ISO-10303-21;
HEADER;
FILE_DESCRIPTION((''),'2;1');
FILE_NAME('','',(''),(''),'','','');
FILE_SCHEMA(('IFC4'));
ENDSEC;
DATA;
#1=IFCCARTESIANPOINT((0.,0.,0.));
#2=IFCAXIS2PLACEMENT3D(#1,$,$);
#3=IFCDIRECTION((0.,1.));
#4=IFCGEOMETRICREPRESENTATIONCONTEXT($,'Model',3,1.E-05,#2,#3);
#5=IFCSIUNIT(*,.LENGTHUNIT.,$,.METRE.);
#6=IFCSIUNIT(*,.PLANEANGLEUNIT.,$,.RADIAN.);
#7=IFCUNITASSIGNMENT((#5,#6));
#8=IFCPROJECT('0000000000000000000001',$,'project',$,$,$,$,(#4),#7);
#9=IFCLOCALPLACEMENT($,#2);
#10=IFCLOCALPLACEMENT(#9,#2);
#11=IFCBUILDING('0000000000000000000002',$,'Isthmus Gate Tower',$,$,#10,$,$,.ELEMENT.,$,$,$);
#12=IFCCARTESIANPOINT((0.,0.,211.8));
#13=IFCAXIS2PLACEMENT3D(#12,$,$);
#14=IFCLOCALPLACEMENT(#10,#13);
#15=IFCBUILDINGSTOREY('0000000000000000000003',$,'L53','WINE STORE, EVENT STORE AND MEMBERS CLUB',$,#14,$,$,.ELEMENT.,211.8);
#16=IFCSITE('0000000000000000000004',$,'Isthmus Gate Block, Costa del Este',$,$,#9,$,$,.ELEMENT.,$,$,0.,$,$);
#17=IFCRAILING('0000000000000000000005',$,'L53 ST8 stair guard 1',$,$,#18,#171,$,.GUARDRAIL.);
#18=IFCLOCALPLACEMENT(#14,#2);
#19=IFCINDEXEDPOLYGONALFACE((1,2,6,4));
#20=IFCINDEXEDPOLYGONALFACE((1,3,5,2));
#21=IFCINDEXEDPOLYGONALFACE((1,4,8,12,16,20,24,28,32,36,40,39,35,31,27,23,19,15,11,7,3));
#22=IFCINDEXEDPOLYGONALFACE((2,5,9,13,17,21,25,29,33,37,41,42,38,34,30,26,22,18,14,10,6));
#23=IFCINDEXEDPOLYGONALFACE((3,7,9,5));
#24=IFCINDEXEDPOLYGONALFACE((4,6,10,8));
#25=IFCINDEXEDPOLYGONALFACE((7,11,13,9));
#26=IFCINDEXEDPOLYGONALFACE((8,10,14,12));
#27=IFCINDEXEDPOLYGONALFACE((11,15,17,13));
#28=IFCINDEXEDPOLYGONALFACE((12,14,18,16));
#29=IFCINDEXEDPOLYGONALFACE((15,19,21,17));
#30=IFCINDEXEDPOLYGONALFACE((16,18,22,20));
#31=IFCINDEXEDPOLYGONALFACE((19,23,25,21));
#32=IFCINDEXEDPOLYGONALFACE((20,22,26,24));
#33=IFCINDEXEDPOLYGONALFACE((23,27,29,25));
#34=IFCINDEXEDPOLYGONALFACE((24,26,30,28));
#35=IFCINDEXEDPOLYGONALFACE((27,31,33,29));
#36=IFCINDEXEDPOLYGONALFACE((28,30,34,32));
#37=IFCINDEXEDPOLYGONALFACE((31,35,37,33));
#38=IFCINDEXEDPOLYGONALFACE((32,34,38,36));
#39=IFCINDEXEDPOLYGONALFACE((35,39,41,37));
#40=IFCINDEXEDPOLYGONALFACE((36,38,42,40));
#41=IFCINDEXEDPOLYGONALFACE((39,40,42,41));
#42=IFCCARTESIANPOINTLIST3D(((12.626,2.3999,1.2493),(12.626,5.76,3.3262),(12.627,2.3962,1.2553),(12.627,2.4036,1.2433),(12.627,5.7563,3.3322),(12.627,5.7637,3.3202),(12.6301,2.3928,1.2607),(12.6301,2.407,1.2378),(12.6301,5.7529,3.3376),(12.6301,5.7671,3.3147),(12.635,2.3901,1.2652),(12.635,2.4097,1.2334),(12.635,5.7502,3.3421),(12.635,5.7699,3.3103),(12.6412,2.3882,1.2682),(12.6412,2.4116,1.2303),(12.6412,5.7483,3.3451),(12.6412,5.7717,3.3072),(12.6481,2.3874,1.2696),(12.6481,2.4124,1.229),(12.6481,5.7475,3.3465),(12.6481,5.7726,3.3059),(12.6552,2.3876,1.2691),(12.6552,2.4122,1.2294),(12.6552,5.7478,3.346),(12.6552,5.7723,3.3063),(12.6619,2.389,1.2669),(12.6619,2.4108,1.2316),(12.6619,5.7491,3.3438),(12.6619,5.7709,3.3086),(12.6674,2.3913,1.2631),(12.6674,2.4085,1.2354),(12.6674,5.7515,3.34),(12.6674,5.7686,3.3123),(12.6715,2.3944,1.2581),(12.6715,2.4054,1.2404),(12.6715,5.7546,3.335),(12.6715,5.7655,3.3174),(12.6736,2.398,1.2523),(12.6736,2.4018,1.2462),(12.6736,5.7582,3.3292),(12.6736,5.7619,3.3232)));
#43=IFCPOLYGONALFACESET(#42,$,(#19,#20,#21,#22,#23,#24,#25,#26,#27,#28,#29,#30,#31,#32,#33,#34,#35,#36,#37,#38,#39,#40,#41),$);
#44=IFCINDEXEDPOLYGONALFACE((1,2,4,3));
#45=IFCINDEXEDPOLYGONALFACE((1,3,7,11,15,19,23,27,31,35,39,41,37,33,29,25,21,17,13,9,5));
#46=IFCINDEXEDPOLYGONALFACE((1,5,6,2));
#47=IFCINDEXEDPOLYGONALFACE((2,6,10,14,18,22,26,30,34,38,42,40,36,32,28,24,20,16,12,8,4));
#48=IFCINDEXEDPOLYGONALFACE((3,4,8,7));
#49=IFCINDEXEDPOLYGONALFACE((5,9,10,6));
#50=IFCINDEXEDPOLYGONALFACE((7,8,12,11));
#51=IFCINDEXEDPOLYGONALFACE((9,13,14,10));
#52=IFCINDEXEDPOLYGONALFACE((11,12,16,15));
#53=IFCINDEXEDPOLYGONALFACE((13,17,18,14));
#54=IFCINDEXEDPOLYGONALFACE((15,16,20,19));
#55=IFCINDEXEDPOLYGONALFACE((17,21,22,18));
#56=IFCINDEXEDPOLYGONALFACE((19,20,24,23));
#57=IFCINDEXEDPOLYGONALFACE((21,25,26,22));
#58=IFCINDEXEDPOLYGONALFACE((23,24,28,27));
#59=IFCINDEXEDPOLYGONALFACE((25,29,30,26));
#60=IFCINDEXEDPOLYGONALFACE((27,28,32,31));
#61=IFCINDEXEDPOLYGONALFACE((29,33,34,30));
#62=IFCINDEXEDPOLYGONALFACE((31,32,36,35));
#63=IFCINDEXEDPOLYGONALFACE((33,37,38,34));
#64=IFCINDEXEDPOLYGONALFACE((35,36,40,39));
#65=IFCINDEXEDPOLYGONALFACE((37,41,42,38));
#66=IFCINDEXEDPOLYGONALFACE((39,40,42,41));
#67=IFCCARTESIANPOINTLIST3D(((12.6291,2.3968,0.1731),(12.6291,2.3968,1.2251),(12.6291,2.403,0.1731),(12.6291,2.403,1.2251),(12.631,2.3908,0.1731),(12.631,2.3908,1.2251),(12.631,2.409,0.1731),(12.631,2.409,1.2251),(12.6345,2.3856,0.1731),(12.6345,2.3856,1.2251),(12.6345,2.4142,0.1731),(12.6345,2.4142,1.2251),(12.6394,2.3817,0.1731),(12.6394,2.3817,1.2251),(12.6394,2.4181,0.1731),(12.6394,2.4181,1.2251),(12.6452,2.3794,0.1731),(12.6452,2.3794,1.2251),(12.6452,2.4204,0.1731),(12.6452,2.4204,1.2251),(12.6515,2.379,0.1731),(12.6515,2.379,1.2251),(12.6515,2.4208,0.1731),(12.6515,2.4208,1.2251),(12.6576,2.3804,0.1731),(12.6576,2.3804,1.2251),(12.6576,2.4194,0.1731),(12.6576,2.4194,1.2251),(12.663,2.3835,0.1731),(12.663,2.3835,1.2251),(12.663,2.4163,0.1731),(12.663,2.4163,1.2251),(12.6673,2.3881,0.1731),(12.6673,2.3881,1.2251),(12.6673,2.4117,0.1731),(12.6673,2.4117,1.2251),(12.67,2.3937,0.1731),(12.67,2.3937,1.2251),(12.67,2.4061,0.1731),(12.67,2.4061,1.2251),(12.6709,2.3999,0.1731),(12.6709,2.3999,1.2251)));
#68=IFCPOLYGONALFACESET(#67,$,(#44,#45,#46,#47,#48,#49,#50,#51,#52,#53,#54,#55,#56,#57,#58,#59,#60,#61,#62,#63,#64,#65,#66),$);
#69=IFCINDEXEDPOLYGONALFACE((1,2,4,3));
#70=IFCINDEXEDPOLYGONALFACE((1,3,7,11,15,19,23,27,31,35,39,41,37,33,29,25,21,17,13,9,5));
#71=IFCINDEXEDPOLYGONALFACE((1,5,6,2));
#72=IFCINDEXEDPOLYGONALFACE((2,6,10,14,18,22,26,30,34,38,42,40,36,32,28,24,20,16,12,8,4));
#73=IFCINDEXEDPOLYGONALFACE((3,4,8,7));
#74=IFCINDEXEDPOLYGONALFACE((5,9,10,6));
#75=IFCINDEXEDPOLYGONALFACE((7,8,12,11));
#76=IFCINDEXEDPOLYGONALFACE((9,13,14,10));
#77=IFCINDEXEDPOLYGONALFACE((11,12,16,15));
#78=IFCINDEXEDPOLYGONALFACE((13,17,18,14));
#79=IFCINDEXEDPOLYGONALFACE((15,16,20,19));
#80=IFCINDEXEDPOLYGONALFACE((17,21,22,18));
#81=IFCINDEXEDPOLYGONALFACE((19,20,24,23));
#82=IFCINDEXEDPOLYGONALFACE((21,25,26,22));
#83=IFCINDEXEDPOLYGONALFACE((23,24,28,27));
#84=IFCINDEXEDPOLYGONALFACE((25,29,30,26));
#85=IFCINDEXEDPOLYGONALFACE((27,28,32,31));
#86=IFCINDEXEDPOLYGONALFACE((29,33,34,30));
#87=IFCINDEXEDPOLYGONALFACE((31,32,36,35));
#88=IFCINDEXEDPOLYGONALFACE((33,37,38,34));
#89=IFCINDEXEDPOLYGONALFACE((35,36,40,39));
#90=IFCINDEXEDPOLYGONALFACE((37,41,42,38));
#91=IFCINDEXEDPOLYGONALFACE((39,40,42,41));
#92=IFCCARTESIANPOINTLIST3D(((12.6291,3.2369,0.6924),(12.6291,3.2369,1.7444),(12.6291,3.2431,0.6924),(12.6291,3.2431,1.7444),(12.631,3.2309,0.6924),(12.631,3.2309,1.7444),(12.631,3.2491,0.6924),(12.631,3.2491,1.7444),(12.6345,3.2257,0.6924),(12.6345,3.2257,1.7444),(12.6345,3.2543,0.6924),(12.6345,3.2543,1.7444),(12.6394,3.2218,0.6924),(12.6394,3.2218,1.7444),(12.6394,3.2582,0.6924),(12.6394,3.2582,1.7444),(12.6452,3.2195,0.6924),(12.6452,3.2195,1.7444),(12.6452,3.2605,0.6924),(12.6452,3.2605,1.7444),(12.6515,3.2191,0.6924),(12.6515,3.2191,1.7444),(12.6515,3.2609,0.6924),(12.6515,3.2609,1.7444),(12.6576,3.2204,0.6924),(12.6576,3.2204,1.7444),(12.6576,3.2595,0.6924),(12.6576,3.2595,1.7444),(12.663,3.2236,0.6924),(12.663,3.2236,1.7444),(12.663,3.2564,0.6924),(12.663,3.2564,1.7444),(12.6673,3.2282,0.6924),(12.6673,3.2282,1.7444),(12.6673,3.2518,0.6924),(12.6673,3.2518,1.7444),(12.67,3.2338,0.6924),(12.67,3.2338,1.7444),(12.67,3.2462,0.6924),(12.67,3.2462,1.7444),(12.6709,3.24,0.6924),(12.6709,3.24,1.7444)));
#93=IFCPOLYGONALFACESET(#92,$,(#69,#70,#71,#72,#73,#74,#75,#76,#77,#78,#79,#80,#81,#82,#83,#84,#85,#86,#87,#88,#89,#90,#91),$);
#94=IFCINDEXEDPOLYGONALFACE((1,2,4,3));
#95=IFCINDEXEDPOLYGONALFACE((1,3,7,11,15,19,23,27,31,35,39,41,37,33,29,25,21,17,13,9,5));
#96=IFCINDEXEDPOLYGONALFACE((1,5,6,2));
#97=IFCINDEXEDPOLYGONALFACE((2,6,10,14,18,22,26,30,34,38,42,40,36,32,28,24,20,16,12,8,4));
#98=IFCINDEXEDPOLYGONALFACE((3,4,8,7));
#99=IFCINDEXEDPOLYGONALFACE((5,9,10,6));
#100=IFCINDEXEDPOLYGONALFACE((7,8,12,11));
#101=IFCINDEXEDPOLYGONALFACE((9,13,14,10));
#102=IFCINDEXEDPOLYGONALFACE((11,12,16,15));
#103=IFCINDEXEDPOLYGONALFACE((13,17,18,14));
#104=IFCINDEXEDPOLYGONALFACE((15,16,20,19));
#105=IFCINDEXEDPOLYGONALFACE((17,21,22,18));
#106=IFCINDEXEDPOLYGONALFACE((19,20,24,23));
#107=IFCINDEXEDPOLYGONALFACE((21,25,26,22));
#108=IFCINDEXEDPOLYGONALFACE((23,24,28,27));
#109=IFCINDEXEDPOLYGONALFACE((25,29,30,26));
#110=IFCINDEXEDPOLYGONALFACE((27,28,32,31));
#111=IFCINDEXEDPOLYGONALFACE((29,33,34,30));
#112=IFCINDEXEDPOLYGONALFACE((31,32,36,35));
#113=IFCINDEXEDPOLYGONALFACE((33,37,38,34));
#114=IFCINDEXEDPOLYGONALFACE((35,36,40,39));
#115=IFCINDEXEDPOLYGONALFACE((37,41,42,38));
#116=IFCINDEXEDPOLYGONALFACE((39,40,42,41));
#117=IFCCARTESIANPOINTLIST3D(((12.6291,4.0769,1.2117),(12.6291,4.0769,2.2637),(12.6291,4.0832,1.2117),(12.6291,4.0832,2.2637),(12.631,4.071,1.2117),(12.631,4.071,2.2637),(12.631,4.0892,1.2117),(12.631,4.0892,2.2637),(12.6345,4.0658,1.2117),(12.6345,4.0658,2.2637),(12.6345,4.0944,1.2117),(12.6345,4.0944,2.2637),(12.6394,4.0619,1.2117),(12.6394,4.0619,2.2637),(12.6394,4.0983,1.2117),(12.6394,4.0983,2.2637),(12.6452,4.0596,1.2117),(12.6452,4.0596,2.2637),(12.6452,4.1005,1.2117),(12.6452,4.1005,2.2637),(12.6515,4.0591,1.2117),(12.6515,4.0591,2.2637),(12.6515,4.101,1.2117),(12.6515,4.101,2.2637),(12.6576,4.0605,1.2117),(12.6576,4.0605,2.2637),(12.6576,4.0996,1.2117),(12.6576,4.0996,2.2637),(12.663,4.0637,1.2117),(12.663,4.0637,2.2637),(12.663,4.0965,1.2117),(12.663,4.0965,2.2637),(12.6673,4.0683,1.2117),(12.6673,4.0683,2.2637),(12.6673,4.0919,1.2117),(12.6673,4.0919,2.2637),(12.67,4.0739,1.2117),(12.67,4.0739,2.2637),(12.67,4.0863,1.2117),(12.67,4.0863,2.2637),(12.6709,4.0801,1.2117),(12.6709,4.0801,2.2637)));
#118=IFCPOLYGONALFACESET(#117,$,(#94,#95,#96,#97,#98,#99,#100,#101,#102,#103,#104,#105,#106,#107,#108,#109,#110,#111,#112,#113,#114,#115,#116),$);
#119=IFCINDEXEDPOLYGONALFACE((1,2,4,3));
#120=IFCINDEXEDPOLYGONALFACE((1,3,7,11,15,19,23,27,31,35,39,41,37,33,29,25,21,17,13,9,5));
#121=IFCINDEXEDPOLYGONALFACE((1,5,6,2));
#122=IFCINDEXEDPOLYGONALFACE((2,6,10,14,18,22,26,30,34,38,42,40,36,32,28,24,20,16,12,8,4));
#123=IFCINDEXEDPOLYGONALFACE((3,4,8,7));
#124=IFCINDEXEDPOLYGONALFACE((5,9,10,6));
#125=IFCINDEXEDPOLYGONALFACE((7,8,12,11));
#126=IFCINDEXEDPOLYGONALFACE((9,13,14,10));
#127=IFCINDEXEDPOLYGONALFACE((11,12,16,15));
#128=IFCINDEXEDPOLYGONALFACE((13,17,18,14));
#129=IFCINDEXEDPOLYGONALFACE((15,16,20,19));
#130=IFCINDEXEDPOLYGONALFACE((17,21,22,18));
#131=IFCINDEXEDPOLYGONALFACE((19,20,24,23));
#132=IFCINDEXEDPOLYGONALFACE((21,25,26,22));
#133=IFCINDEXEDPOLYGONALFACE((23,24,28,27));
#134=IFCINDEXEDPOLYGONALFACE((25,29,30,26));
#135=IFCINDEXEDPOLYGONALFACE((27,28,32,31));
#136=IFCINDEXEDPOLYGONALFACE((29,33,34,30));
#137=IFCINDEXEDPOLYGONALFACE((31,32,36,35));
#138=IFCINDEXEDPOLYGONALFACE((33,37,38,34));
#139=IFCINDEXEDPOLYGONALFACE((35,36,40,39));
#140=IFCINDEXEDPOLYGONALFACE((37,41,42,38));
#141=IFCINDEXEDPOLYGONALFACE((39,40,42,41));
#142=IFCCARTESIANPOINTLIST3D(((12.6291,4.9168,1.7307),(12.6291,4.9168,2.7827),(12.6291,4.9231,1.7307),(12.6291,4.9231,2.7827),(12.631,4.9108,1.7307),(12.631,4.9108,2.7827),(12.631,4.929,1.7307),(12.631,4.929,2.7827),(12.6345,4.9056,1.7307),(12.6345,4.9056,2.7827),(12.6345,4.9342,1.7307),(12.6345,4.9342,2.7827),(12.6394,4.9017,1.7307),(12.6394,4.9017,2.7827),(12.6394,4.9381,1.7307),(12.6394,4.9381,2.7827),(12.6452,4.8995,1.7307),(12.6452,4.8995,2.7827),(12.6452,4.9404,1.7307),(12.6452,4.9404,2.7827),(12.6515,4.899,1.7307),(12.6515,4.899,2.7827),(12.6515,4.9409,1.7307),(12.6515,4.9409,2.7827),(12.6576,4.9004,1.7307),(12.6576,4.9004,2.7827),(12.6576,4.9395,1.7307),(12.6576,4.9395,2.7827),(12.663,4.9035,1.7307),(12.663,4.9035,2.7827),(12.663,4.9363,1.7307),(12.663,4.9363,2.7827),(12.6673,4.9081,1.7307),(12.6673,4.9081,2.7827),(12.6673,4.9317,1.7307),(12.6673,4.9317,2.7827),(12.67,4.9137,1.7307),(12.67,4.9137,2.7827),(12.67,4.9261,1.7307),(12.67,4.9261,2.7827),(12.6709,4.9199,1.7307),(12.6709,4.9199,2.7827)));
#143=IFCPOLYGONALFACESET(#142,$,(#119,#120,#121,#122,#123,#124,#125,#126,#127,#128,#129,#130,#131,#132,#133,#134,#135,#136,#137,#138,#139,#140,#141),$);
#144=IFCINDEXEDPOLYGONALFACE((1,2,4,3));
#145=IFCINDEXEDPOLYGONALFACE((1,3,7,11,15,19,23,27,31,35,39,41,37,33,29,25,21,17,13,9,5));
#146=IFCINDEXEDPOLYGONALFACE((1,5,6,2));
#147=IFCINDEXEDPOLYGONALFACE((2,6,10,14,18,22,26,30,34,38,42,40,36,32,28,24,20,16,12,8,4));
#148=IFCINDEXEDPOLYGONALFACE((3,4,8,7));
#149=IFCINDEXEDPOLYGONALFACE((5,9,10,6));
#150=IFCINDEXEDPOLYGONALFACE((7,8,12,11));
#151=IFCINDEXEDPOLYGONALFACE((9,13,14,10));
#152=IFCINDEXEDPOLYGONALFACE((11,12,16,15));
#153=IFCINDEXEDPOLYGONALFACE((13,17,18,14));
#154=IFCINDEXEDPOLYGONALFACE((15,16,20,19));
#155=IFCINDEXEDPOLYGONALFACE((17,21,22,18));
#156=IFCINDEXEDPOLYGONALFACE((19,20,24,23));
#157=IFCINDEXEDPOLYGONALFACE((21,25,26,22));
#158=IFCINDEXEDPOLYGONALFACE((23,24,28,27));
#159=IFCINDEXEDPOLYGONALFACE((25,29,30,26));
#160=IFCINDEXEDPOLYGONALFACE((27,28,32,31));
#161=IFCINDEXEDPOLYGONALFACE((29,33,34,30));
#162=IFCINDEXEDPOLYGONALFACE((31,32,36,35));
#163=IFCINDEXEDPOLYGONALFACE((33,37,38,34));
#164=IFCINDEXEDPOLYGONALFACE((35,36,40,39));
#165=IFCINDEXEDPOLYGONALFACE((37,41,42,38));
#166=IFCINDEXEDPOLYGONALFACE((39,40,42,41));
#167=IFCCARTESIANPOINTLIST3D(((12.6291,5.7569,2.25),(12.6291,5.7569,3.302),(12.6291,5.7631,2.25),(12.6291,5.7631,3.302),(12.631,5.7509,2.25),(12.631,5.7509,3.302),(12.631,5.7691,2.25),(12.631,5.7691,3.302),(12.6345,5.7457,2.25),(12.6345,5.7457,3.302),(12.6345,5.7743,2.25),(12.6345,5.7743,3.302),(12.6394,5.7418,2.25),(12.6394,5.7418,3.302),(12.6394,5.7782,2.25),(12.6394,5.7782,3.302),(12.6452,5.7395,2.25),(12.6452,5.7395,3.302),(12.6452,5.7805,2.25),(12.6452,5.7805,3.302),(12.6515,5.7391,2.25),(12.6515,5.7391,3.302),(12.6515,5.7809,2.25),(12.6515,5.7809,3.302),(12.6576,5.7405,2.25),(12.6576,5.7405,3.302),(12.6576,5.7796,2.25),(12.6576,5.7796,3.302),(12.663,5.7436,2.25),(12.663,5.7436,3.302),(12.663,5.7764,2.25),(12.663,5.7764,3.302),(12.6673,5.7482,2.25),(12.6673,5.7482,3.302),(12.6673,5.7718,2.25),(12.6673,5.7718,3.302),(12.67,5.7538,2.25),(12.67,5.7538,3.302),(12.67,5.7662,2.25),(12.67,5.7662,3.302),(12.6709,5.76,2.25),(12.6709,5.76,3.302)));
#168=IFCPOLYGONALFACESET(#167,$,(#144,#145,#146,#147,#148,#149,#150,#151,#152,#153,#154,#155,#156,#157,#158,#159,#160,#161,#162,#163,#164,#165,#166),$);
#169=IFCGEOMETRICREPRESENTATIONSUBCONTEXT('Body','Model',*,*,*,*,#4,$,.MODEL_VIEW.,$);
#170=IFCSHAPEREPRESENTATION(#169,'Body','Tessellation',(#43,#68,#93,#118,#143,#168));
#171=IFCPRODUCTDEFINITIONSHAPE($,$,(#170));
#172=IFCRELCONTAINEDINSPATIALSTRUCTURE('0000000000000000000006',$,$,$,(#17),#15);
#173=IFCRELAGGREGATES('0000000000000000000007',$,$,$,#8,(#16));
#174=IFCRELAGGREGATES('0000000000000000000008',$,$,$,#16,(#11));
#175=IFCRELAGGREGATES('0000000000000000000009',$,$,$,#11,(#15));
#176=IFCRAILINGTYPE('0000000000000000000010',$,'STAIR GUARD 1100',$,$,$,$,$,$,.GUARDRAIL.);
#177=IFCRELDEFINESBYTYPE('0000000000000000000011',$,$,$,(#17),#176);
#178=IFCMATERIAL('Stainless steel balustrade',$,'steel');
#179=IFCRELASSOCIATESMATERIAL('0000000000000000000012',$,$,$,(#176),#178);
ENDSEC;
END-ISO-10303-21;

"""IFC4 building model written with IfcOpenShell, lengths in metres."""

from ifc_helpers import new_model, si_unit, direction, frame, origin, origin_2d, place, context, subcontext, project, spatial, circle, extrude, material, type_object, element, save


model = new_model("IFC4")

# Units and contexts
model_context = context("Model", 3, precision=1e-05, world=origin(), true_north=direction((0.0, 1.0)))
body_context = subcontext(model_context, "Body", "Model", "MODEL_VIEW")
ifc_project = project(units=[si_unit("LENGTHUNIT", "METRE"), si_unit("PLANEANGLEUNIT", "RADIAN")], contexts=[model_context])

# Site, building, storey
site_placement = place(None, origin())
site = spatial("IfcSite", under=ifc_project, at=site_placement, Name="Isthmus Gate Block, Costa del Este", CompositionType="ELEMENT", RefElevation=0.0)
building_placement = place(site_placement, origin())
building = spatial("IfcBuilding", under=site, at=building_placement, Name="Isthmus Gate Tower", CompositionType="ELEMENT")
storey_placement = place(building_placement, frame((0.0, 0.0, 211.8)))
storey = spatial("IfcBuildingStorey", under=building, at=storey_placement, Name="L53", Description="WINE STORE, EVENT STORE AND MEMBERS CLUB", CompositionType="ELEMENT", Elevation=211.8)

# Railing
ifc_material_1 = material(Name="Stainless steel balustrade", Category="steel")
railing_type_1 = type_object("IfcRailingType", Name="STAIR GUARD 1100", PredefinedType="GUARDRAIL", material=ifc_material_1)
for number, where, name in (
    (1, (12.6499, 2.3999, 0.1731), "L53 ST8 stair guard 1"),
):
    element("IfcRailing", number, at=place(storey_placement, frame(where)), inside=storey, type_object=railing_type_1, Name=name, PredefinedType="GUARDRAIL", context=body_context, shape_type="SweptSolid", body=[
        extrude(circle(Radius=0.0239, at=origin_2d()), frame((0.0, 0.0, 1.0762), z_axis=(0.0, 0.850623, 0.525776), x_axis=(-1.0, 0.0, 0.0)), (0.0, 0.0, 1.0), 3.9502),
        extrude(circle(Radius=0.021, at=origin_2d()), origin(), (0.0, 0.0, 1.0), 1.052),
        extrude(circle(Radius=0.021, at=origin_2d()), frame((0.0, 0.8401, 0.5193)), (0.0, 0.0, 1.0), 1.052),
        extrude(circle(Radius=0.021, at=origin_2d()), frame((0.0, 1.6802, 1.0386)), (0.0, 0.0, 1.0), 1.052),
        extrude(circle(Radius=0.021, at=origin_2d()), frame((0.0, 2.52, 1.5576)), (0.0, 0.0, 1.0), 1.052),
        extrude(circle(Radius=0.021, at=origin_2d()), frame((0.0, 3.3601, 2.0769)), (0.0, 0.0, 1.0), 1.052),
    ])

save(model, "model.ifc")
